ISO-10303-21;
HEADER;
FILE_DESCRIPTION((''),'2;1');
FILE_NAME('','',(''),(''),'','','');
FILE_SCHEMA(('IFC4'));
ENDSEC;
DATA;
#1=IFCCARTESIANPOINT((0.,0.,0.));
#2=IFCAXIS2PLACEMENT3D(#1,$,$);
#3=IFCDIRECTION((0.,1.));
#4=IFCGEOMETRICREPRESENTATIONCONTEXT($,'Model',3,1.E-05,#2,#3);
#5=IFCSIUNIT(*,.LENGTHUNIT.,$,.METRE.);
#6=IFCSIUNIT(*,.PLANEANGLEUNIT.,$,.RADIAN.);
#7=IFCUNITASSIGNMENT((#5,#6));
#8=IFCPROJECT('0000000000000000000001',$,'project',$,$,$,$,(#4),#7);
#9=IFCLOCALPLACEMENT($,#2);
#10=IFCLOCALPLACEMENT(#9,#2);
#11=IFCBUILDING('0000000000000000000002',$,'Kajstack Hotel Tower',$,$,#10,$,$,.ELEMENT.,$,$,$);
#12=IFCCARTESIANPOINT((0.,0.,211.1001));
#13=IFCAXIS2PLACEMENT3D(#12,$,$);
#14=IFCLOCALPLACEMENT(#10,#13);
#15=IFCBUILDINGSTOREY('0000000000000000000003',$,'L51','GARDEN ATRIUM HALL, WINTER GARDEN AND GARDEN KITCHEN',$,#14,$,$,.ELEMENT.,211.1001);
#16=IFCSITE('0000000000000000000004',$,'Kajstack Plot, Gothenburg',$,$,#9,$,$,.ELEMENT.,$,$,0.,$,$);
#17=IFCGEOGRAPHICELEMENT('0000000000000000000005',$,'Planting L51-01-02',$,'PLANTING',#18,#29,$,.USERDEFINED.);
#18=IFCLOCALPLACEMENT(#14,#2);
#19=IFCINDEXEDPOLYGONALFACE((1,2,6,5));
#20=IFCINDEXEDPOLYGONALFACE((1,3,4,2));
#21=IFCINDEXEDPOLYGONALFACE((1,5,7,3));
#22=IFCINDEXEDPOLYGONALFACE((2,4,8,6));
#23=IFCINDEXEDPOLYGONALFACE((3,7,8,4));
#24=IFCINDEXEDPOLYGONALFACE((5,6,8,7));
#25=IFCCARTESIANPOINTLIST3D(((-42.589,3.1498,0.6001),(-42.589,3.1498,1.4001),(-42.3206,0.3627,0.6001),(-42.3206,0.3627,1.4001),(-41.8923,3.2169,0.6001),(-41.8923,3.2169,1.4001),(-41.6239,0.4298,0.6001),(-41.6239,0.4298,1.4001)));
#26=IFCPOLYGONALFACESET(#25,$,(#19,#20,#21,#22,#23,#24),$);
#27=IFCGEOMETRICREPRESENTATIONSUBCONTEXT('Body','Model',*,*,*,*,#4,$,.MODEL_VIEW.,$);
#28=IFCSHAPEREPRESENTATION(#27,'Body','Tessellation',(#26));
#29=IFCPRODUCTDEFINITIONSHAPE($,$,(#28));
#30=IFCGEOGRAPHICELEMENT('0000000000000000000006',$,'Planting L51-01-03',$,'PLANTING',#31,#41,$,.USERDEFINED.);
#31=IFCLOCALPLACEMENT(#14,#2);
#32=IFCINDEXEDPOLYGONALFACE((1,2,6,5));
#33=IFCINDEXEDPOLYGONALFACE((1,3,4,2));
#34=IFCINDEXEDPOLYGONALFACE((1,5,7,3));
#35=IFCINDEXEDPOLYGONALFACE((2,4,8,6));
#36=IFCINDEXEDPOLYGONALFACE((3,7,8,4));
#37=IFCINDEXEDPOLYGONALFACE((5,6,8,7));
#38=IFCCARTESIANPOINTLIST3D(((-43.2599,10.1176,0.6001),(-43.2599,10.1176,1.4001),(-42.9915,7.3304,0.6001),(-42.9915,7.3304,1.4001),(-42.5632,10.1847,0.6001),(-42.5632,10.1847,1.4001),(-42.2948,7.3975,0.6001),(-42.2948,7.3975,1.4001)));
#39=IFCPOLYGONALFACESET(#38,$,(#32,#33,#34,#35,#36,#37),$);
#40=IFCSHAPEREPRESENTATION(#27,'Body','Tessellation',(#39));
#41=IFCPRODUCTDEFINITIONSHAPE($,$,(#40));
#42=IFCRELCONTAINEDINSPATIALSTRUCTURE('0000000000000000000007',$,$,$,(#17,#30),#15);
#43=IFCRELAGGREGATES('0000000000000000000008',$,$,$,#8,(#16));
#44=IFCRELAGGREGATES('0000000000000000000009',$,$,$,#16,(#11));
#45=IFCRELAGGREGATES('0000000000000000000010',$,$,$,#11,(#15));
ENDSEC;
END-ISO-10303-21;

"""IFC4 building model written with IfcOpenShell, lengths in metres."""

from ifc_helpers import new_model, si_unit, direction, frame, origin, origin_2d, place, context, subcontext, project, spatial, rectangle, extrude, element, save


model = new_model("IFC4")

# Units and contexts
model_context = context("Model", 3, precision=1e-05, world=origin(), true_north=direction((0.0, 1.0)))
body_context = subcontext(model_context, "Body", "Model", "MODEL_VIEW")
ifc_project = project(units=[si_unit("LENGTHUNIT", "METRE"), si_unit("PLANEANGLEUNIT", "RADIAN")], contexts=[model_context])

# Site, building, storey
site_placement = place(None, origin())
site = spatial("IfcSite", under=ifc_project, at=site_placement, Name="Kajstack Plot, Gothenburg", CompositionType="ELEMENT", RefElevation=0.0)
building_placement = place(site_placement, origin())
building = spatial("IfcBuilding", under=site, at=building_placement, Name="Kajstack Hotel Tower", CompositionType="ELEMENT")
storey_placement = place(building_placement, frame((0.0, 0.0, 211.1001)))
storey = spatial("IfcBuildingStorey", under=building, at=storey_placement, Name="L51", Description="GARDEN ATRIUM HALL, WINTER GARDEN AND GARDEN KITCHEN", CompositionType="ELEMENT", Elevation=211.1001)

# Geographic elements
for number, where, z_axis, x_axis, name in (
    (1, (-42.1064, 1.7898, 0.6001), (0.0, 0.0, 1.0), (-0.095844, 0.995396, 0.0), "Planting L51-01-02"),
    (2, (-42.7773, 8.7576, 0.6001), (0.0, 0.0, 1.0), (-0.095844, 0.995396, 0.0), "Planting L51-01-03"),
):
    element("IfcGeographicElement", number, at=place(storey_placement, frame(where, z_axis=z_axis, x_axis=x_axis)), inside=storey, Name=name, ObjectType="PLANTING", PredefinedType="USERDEFINED", context=body_context, shape_type="SweptSolid", body=[
        extrude(rectangle(XDim=2.8, YDim=0.7, at=origin_2d()), origin(), (0.0, 0.0, 1.0), 0.8),
    ])

save(model, "model.ifc")
